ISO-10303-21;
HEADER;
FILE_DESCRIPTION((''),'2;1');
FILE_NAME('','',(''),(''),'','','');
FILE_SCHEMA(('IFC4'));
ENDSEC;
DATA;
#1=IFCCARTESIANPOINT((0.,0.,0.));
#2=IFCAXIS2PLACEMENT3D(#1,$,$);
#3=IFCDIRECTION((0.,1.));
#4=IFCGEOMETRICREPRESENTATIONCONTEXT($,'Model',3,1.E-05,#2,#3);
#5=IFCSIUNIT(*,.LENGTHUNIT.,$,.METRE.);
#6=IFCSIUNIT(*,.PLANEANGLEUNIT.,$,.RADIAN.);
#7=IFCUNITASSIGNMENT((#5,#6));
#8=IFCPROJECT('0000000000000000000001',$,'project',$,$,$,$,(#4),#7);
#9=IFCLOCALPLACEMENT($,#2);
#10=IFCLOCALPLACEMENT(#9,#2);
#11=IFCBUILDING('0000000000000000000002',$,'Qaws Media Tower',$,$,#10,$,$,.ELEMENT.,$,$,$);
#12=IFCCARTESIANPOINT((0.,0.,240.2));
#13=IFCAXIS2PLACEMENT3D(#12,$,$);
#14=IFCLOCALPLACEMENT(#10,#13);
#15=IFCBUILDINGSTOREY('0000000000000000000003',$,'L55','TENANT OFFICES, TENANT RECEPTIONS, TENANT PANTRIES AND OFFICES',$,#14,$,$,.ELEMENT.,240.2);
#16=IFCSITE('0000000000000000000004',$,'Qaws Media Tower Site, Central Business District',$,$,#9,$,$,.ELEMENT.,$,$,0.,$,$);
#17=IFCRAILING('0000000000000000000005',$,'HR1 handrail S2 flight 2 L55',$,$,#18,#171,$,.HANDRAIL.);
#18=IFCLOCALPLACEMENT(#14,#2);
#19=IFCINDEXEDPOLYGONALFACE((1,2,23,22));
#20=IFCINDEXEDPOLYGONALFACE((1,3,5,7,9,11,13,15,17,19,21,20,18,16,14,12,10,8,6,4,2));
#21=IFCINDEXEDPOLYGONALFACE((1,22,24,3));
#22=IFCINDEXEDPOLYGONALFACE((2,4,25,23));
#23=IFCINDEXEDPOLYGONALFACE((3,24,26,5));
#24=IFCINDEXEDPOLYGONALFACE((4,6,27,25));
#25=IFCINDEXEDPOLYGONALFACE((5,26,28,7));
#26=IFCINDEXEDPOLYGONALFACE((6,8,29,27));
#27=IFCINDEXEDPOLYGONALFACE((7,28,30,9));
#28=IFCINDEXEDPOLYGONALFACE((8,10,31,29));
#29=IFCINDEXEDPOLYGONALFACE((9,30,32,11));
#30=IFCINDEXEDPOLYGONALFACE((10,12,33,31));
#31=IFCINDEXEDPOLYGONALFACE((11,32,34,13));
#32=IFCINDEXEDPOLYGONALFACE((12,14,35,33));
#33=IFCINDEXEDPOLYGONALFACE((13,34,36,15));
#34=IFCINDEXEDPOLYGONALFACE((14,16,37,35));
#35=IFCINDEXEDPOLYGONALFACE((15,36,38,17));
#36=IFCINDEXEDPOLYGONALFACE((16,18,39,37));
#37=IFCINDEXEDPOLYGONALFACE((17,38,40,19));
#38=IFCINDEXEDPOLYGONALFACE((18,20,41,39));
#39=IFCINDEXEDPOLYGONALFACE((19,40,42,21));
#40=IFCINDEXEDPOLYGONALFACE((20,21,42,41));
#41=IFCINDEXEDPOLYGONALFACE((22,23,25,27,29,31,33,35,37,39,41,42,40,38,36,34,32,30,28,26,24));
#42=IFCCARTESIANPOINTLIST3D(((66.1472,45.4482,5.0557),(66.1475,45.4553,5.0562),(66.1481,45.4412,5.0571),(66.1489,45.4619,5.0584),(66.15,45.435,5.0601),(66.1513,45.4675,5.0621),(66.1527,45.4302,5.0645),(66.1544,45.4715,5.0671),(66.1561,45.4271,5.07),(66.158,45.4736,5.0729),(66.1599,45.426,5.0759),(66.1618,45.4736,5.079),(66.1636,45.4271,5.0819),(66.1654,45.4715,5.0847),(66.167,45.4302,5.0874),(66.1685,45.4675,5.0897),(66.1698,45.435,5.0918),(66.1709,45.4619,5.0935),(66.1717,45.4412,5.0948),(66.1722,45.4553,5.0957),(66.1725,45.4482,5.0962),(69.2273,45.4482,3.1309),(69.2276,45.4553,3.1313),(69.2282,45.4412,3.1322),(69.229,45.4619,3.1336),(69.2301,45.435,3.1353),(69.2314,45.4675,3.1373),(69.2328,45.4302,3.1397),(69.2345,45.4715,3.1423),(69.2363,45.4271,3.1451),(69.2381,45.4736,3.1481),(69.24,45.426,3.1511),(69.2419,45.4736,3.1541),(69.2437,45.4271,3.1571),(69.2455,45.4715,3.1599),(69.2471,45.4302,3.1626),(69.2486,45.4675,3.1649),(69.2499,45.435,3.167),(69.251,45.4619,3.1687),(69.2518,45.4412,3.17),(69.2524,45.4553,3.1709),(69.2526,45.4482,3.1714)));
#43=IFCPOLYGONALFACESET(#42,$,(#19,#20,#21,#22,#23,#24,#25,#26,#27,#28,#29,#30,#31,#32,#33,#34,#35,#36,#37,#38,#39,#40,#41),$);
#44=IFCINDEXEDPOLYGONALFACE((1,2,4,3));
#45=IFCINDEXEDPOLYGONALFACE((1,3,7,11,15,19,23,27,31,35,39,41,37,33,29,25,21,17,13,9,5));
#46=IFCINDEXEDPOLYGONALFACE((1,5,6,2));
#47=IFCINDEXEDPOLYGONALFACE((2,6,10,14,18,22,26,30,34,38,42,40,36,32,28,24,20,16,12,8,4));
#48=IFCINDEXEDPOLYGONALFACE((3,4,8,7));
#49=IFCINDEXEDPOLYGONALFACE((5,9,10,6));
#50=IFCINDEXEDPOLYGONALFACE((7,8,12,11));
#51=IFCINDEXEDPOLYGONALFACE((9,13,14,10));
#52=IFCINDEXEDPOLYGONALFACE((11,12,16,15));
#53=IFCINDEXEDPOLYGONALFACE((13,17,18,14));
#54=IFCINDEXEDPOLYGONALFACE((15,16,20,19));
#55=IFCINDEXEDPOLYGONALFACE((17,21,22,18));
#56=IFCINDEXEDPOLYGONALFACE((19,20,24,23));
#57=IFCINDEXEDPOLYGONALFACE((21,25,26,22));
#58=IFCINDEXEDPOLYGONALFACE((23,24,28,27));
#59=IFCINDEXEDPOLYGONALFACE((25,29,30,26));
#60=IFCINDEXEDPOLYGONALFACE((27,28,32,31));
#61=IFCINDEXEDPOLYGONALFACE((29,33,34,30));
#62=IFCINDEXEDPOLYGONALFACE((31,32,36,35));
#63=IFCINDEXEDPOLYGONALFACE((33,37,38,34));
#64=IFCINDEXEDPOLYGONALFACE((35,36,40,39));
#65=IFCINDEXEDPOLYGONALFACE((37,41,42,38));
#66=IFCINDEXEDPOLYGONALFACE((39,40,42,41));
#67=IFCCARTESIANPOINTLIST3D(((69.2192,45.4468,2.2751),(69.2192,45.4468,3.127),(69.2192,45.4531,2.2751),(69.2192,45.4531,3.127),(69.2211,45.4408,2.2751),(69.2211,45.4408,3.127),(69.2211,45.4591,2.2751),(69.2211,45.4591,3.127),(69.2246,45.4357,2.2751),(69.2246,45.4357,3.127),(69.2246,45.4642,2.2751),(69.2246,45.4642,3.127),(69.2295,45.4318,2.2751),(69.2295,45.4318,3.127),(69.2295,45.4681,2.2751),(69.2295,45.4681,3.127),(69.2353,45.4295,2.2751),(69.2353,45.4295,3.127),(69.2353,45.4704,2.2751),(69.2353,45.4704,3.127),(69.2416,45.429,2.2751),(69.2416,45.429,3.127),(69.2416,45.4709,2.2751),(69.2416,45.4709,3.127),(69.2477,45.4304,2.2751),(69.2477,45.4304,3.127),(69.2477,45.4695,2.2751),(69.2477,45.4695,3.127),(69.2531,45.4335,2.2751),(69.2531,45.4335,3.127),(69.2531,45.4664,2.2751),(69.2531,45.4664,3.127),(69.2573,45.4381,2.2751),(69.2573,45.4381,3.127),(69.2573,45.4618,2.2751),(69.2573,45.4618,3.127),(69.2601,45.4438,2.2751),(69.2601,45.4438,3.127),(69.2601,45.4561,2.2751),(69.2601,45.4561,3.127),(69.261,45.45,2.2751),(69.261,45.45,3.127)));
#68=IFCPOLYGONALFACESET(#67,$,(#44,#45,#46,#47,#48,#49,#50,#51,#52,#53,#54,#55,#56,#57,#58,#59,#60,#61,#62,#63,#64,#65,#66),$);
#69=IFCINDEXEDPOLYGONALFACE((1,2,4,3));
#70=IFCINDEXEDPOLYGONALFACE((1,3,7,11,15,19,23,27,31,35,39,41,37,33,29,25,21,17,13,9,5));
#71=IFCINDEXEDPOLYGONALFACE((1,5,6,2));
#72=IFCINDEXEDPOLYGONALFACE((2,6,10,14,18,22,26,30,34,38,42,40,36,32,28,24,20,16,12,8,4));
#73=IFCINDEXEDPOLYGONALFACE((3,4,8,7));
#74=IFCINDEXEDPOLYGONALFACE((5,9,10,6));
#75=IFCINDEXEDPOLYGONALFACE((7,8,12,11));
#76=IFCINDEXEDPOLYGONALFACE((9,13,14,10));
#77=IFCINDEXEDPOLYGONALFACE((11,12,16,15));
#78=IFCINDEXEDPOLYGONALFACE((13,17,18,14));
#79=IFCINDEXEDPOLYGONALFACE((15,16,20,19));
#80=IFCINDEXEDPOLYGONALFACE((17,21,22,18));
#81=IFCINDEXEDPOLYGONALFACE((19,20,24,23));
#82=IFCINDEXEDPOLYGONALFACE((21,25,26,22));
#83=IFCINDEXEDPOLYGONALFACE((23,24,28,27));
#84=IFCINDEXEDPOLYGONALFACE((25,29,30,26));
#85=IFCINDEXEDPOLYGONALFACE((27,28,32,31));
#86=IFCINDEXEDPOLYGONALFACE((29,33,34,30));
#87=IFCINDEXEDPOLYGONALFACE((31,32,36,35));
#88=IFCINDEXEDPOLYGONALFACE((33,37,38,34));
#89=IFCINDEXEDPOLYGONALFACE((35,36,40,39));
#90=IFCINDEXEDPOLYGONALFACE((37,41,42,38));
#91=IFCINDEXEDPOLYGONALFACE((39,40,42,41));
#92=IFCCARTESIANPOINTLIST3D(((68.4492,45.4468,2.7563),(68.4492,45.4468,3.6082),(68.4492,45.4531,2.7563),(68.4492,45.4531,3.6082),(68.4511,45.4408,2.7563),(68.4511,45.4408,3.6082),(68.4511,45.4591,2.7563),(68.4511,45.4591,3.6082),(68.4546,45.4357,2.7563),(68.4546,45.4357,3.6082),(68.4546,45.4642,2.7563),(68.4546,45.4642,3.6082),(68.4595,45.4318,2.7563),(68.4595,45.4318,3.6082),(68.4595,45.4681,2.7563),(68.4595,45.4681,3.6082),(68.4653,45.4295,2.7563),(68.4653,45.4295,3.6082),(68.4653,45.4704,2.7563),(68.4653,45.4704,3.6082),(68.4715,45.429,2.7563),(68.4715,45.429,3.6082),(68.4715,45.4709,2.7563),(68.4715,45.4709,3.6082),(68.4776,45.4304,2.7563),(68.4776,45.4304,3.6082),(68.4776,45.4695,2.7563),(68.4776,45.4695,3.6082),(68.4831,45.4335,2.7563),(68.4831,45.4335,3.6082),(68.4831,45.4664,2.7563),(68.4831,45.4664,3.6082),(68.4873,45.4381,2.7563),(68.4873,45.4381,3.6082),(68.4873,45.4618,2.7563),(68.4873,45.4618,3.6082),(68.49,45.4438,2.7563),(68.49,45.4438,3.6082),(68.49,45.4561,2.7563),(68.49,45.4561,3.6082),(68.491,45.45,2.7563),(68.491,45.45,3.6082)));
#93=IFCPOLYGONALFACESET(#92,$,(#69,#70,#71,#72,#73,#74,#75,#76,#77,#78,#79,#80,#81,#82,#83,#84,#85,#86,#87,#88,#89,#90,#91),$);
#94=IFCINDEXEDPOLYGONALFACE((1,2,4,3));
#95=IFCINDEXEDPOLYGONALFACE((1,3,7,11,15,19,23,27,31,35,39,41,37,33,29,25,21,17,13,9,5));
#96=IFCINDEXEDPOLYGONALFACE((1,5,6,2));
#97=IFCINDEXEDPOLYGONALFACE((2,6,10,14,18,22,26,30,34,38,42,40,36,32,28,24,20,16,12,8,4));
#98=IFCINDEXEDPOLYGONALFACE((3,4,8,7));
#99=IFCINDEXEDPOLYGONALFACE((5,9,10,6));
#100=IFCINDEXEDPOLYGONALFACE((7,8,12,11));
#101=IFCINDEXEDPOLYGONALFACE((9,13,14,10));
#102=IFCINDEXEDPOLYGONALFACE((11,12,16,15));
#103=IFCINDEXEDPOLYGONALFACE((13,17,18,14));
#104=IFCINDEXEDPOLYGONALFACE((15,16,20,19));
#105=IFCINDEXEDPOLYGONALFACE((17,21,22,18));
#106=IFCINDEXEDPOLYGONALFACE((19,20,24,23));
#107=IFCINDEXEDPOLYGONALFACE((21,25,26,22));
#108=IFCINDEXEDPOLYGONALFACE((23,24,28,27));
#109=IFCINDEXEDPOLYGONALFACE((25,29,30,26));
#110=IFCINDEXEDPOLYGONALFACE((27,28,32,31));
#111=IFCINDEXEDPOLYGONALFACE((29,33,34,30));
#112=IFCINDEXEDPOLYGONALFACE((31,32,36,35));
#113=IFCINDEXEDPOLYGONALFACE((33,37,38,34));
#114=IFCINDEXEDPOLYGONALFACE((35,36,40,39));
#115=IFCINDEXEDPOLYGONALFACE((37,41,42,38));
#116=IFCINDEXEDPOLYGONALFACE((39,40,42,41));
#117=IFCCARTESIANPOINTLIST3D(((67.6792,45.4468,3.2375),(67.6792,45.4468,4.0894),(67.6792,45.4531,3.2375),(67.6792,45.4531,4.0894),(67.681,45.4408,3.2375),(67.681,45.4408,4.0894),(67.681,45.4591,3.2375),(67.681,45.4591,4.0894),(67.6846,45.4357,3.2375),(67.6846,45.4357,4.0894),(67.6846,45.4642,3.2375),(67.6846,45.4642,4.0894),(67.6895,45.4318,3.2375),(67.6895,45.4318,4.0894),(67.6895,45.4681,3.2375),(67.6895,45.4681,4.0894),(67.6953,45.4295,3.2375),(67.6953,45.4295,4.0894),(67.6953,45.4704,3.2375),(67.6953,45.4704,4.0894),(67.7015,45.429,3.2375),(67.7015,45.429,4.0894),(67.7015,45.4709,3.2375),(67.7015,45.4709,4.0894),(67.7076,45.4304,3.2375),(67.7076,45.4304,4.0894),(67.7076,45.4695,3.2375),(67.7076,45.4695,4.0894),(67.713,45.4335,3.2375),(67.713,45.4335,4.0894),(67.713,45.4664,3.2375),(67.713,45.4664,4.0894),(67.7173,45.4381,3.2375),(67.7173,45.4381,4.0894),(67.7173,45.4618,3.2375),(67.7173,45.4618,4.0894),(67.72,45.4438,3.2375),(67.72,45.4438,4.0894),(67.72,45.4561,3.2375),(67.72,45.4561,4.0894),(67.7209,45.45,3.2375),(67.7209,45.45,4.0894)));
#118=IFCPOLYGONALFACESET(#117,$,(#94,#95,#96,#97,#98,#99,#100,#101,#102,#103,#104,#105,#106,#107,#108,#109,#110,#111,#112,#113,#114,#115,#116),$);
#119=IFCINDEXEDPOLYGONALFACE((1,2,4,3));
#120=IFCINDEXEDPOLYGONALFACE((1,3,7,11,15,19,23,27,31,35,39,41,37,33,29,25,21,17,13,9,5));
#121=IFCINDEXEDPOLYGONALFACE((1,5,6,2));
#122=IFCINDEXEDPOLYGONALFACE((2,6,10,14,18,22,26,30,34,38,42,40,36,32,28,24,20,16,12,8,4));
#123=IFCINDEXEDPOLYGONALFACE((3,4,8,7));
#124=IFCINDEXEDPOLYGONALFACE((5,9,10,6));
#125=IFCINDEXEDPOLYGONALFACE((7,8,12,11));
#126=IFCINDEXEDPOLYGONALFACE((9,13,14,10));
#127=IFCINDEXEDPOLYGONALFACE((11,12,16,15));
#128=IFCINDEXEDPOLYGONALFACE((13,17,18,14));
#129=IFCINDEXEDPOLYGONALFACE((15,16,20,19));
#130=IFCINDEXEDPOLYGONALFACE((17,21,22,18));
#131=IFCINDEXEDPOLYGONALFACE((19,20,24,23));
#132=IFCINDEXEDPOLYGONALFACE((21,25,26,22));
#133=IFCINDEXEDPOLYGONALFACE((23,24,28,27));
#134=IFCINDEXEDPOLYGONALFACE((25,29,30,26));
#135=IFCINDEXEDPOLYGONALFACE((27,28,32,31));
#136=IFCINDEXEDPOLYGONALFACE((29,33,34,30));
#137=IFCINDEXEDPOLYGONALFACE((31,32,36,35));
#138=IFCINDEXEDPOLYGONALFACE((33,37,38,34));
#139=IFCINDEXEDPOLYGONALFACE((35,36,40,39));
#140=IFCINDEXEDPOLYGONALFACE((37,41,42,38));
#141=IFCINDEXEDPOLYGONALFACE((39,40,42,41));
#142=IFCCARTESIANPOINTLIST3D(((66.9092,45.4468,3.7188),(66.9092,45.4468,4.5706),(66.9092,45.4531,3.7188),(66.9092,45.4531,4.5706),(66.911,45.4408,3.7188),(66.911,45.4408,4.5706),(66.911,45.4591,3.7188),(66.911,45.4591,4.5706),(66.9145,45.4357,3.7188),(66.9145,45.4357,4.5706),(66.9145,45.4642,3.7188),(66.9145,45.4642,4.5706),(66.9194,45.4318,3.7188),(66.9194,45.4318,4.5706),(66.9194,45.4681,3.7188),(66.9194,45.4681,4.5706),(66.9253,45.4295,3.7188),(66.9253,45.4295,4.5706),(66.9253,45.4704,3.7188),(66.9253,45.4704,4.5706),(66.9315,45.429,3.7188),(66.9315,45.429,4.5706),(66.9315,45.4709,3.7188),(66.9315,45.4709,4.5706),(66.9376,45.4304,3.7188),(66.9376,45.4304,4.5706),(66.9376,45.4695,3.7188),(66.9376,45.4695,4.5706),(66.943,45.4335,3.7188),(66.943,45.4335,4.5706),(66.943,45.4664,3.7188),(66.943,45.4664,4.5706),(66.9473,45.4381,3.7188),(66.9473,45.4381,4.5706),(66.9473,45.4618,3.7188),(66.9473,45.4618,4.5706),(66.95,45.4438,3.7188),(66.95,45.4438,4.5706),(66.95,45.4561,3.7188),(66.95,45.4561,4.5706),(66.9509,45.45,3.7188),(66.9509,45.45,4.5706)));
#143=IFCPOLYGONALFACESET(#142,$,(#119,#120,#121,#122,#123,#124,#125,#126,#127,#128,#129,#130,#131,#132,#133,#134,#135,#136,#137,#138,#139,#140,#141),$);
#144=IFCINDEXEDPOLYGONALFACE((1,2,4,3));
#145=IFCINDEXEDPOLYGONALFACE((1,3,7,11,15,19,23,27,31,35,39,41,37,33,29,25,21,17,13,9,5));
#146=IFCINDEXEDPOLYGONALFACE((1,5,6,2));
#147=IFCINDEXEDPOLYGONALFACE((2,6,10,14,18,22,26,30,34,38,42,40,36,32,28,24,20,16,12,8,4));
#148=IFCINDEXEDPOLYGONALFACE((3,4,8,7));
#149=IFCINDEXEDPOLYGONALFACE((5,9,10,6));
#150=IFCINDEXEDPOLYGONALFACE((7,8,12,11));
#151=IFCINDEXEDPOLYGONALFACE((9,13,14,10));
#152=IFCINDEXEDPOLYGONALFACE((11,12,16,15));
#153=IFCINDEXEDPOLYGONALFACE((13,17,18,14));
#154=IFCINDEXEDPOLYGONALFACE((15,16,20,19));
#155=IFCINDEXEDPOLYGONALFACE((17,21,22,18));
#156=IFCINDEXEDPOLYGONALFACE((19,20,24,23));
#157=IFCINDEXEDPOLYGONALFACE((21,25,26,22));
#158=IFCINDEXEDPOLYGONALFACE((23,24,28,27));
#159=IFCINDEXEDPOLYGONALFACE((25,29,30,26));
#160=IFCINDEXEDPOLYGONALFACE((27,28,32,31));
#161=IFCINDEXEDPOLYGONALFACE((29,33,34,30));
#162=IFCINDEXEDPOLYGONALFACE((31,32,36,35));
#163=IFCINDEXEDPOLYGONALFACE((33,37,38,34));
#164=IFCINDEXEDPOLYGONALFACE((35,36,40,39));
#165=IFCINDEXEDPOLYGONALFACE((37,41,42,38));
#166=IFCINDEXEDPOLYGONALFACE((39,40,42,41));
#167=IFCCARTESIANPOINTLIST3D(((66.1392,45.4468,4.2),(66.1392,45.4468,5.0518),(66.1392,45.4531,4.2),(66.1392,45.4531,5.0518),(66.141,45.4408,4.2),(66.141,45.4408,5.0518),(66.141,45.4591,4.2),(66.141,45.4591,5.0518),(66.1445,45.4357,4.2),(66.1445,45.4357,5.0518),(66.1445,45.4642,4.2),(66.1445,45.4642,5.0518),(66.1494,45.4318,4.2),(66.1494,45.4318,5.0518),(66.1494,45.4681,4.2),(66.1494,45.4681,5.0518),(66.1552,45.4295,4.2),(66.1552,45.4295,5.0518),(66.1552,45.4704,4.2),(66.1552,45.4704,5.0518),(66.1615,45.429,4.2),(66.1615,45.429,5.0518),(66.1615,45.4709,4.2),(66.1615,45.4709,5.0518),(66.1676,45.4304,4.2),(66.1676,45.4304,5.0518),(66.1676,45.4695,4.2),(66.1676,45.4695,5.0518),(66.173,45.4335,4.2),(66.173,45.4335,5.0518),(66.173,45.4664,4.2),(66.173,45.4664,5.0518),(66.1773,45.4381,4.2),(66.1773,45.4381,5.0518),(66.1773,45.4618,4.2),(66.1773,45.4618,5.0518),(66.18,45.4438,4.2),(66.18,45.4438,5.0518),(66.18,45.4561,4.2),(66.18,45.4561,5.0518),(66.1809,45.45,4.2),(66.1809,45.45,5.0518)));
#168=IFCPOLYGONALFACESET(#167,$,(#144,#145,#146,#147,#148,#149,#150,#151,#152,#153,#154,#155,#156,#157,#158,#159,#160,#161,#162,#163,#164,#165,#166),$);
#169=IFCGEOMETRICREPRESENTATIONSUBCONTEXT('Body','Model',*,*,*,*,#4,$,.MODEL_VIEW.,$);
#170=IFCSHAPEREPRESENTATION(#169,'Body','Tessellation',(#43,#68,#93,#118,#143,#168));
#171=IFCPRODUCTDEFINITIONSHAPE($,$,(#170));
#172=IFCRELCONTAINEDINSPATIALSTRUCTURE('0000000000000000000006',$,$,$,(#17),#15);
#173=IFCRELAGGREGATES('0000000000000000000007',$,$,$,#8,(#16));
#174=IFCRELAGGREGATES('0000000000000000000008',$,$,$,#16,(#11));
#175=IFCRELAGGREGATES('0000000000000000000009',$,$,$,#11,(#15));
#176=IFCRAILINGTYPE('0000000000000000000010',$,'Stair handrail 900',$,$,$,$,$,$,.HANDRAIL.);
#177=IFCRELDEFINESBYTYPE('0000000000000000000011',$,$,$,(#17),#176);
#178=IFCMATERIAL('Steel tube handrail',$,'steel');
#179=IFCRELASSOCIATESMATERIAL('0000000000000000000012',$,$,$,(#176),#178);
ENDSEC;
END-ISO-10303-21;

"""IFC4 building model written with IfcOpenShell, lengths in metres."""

from ifc_helpers import new_model, si_unit, direction, frame, origin, origin_2d, place, context, subcontext, project, spatial, circle, extrude, material, type_object, element, save


model = new_model("IFC4")

# Units and contexts
model_context = context("Model", 3, precision=1e-05, world=origin(), true_north=direction((0.0, 1.0)))
body_context = subcontext(model_context, "Body", "Model", "MODEL_VIEW")
ifc_project = project(units=[si_unit("LENGTHUNIT", "METRE"), si_unit("PLANEANGLEUNIT", "RADIAN")], contexts=[model_context])

# Site, building, storey
site_placement = place(None, origin())
site = spatial("IfcSite", under=ifc_project, at=site_placement, Name="Qaws Media Tower Site, Central Business District", CompositionType="ELEMENT", RefElevation=0.0)
building_placement = place(site_placement, origin())
building = spatial("IfcBuilding", under=site, at=building_placement, Name="Qaws Media Tower", CompositionType="ELEMENT")
storey_placement = place(building_placement, frame((0.0, 0.0, 240.2)))
storey = spatial("IfcBuildingStorey", under=building, at=storey_placement, Name="L55", Description="TENANT OFFICES, TENANT RECEPTIONS, TENANT PANTRIES AND OFFICES", CompositionType="ELEMENT", Elevation=240.2)

# Railing
ifc_material_1 = material(Name="Steel tube handrail", Category="steel")
railing_type = type_object("IfcRailingType", Name="Stair handrail 900", PredefinedType="HANDRAIL", material=ifc_material_1)
for number, where, name in (
    (1, (69.24, 45.45, 2.2751), "HR1 handrail S2 flight 2 L55"),
):
    element("IfcRailing", number, at=place(storey_placement, frame(where)), inside=storey, type_object=railing_type, Name=name, PredefinedType="HANDRAIL", context=body_context, shape_type="SweptSolid", body=[
        extrude(circle(Radius=0.0239, at=origin_2d()), frame((0.0, 0.0, 0.876), z_axis=(-0.848029, 0.0, 0.529951), x_axis=(0.0, -1.0, 0.0)), (0.0, 0.0, 1.0), 3.6321),
        extrude(circle(Radius=0.021, at=origin_2d()), origin(), (0.0, 0.0, 1.0), 0.8518),
        extrude(circle(Radius=0.021, at=origin_2d()), frame((-0.77, 0.0, 0.4812)), (0.0, 0.0, 1.0), 0.8518),
        extrude(circle(Radius=0.021, at=origin_2d()), frame((-1.54, 0.0, 0.9624)), (0.0, 0.0, 1.0), 0.8518),
        extrude(circle(Radius=0.021, at=origin_2d()), frame((-2.3101, 0.0, 1.4436)), (0.0, 0.0, 1.0), 0.8518),
        extrude(circle(Radius=0.021, at=origin_2d()), frame((-3.0801, 0.0, 1.9248)), (0.0, 0.0, 1.0), 0.8518),
    ])

save(model, "model.ifc")
